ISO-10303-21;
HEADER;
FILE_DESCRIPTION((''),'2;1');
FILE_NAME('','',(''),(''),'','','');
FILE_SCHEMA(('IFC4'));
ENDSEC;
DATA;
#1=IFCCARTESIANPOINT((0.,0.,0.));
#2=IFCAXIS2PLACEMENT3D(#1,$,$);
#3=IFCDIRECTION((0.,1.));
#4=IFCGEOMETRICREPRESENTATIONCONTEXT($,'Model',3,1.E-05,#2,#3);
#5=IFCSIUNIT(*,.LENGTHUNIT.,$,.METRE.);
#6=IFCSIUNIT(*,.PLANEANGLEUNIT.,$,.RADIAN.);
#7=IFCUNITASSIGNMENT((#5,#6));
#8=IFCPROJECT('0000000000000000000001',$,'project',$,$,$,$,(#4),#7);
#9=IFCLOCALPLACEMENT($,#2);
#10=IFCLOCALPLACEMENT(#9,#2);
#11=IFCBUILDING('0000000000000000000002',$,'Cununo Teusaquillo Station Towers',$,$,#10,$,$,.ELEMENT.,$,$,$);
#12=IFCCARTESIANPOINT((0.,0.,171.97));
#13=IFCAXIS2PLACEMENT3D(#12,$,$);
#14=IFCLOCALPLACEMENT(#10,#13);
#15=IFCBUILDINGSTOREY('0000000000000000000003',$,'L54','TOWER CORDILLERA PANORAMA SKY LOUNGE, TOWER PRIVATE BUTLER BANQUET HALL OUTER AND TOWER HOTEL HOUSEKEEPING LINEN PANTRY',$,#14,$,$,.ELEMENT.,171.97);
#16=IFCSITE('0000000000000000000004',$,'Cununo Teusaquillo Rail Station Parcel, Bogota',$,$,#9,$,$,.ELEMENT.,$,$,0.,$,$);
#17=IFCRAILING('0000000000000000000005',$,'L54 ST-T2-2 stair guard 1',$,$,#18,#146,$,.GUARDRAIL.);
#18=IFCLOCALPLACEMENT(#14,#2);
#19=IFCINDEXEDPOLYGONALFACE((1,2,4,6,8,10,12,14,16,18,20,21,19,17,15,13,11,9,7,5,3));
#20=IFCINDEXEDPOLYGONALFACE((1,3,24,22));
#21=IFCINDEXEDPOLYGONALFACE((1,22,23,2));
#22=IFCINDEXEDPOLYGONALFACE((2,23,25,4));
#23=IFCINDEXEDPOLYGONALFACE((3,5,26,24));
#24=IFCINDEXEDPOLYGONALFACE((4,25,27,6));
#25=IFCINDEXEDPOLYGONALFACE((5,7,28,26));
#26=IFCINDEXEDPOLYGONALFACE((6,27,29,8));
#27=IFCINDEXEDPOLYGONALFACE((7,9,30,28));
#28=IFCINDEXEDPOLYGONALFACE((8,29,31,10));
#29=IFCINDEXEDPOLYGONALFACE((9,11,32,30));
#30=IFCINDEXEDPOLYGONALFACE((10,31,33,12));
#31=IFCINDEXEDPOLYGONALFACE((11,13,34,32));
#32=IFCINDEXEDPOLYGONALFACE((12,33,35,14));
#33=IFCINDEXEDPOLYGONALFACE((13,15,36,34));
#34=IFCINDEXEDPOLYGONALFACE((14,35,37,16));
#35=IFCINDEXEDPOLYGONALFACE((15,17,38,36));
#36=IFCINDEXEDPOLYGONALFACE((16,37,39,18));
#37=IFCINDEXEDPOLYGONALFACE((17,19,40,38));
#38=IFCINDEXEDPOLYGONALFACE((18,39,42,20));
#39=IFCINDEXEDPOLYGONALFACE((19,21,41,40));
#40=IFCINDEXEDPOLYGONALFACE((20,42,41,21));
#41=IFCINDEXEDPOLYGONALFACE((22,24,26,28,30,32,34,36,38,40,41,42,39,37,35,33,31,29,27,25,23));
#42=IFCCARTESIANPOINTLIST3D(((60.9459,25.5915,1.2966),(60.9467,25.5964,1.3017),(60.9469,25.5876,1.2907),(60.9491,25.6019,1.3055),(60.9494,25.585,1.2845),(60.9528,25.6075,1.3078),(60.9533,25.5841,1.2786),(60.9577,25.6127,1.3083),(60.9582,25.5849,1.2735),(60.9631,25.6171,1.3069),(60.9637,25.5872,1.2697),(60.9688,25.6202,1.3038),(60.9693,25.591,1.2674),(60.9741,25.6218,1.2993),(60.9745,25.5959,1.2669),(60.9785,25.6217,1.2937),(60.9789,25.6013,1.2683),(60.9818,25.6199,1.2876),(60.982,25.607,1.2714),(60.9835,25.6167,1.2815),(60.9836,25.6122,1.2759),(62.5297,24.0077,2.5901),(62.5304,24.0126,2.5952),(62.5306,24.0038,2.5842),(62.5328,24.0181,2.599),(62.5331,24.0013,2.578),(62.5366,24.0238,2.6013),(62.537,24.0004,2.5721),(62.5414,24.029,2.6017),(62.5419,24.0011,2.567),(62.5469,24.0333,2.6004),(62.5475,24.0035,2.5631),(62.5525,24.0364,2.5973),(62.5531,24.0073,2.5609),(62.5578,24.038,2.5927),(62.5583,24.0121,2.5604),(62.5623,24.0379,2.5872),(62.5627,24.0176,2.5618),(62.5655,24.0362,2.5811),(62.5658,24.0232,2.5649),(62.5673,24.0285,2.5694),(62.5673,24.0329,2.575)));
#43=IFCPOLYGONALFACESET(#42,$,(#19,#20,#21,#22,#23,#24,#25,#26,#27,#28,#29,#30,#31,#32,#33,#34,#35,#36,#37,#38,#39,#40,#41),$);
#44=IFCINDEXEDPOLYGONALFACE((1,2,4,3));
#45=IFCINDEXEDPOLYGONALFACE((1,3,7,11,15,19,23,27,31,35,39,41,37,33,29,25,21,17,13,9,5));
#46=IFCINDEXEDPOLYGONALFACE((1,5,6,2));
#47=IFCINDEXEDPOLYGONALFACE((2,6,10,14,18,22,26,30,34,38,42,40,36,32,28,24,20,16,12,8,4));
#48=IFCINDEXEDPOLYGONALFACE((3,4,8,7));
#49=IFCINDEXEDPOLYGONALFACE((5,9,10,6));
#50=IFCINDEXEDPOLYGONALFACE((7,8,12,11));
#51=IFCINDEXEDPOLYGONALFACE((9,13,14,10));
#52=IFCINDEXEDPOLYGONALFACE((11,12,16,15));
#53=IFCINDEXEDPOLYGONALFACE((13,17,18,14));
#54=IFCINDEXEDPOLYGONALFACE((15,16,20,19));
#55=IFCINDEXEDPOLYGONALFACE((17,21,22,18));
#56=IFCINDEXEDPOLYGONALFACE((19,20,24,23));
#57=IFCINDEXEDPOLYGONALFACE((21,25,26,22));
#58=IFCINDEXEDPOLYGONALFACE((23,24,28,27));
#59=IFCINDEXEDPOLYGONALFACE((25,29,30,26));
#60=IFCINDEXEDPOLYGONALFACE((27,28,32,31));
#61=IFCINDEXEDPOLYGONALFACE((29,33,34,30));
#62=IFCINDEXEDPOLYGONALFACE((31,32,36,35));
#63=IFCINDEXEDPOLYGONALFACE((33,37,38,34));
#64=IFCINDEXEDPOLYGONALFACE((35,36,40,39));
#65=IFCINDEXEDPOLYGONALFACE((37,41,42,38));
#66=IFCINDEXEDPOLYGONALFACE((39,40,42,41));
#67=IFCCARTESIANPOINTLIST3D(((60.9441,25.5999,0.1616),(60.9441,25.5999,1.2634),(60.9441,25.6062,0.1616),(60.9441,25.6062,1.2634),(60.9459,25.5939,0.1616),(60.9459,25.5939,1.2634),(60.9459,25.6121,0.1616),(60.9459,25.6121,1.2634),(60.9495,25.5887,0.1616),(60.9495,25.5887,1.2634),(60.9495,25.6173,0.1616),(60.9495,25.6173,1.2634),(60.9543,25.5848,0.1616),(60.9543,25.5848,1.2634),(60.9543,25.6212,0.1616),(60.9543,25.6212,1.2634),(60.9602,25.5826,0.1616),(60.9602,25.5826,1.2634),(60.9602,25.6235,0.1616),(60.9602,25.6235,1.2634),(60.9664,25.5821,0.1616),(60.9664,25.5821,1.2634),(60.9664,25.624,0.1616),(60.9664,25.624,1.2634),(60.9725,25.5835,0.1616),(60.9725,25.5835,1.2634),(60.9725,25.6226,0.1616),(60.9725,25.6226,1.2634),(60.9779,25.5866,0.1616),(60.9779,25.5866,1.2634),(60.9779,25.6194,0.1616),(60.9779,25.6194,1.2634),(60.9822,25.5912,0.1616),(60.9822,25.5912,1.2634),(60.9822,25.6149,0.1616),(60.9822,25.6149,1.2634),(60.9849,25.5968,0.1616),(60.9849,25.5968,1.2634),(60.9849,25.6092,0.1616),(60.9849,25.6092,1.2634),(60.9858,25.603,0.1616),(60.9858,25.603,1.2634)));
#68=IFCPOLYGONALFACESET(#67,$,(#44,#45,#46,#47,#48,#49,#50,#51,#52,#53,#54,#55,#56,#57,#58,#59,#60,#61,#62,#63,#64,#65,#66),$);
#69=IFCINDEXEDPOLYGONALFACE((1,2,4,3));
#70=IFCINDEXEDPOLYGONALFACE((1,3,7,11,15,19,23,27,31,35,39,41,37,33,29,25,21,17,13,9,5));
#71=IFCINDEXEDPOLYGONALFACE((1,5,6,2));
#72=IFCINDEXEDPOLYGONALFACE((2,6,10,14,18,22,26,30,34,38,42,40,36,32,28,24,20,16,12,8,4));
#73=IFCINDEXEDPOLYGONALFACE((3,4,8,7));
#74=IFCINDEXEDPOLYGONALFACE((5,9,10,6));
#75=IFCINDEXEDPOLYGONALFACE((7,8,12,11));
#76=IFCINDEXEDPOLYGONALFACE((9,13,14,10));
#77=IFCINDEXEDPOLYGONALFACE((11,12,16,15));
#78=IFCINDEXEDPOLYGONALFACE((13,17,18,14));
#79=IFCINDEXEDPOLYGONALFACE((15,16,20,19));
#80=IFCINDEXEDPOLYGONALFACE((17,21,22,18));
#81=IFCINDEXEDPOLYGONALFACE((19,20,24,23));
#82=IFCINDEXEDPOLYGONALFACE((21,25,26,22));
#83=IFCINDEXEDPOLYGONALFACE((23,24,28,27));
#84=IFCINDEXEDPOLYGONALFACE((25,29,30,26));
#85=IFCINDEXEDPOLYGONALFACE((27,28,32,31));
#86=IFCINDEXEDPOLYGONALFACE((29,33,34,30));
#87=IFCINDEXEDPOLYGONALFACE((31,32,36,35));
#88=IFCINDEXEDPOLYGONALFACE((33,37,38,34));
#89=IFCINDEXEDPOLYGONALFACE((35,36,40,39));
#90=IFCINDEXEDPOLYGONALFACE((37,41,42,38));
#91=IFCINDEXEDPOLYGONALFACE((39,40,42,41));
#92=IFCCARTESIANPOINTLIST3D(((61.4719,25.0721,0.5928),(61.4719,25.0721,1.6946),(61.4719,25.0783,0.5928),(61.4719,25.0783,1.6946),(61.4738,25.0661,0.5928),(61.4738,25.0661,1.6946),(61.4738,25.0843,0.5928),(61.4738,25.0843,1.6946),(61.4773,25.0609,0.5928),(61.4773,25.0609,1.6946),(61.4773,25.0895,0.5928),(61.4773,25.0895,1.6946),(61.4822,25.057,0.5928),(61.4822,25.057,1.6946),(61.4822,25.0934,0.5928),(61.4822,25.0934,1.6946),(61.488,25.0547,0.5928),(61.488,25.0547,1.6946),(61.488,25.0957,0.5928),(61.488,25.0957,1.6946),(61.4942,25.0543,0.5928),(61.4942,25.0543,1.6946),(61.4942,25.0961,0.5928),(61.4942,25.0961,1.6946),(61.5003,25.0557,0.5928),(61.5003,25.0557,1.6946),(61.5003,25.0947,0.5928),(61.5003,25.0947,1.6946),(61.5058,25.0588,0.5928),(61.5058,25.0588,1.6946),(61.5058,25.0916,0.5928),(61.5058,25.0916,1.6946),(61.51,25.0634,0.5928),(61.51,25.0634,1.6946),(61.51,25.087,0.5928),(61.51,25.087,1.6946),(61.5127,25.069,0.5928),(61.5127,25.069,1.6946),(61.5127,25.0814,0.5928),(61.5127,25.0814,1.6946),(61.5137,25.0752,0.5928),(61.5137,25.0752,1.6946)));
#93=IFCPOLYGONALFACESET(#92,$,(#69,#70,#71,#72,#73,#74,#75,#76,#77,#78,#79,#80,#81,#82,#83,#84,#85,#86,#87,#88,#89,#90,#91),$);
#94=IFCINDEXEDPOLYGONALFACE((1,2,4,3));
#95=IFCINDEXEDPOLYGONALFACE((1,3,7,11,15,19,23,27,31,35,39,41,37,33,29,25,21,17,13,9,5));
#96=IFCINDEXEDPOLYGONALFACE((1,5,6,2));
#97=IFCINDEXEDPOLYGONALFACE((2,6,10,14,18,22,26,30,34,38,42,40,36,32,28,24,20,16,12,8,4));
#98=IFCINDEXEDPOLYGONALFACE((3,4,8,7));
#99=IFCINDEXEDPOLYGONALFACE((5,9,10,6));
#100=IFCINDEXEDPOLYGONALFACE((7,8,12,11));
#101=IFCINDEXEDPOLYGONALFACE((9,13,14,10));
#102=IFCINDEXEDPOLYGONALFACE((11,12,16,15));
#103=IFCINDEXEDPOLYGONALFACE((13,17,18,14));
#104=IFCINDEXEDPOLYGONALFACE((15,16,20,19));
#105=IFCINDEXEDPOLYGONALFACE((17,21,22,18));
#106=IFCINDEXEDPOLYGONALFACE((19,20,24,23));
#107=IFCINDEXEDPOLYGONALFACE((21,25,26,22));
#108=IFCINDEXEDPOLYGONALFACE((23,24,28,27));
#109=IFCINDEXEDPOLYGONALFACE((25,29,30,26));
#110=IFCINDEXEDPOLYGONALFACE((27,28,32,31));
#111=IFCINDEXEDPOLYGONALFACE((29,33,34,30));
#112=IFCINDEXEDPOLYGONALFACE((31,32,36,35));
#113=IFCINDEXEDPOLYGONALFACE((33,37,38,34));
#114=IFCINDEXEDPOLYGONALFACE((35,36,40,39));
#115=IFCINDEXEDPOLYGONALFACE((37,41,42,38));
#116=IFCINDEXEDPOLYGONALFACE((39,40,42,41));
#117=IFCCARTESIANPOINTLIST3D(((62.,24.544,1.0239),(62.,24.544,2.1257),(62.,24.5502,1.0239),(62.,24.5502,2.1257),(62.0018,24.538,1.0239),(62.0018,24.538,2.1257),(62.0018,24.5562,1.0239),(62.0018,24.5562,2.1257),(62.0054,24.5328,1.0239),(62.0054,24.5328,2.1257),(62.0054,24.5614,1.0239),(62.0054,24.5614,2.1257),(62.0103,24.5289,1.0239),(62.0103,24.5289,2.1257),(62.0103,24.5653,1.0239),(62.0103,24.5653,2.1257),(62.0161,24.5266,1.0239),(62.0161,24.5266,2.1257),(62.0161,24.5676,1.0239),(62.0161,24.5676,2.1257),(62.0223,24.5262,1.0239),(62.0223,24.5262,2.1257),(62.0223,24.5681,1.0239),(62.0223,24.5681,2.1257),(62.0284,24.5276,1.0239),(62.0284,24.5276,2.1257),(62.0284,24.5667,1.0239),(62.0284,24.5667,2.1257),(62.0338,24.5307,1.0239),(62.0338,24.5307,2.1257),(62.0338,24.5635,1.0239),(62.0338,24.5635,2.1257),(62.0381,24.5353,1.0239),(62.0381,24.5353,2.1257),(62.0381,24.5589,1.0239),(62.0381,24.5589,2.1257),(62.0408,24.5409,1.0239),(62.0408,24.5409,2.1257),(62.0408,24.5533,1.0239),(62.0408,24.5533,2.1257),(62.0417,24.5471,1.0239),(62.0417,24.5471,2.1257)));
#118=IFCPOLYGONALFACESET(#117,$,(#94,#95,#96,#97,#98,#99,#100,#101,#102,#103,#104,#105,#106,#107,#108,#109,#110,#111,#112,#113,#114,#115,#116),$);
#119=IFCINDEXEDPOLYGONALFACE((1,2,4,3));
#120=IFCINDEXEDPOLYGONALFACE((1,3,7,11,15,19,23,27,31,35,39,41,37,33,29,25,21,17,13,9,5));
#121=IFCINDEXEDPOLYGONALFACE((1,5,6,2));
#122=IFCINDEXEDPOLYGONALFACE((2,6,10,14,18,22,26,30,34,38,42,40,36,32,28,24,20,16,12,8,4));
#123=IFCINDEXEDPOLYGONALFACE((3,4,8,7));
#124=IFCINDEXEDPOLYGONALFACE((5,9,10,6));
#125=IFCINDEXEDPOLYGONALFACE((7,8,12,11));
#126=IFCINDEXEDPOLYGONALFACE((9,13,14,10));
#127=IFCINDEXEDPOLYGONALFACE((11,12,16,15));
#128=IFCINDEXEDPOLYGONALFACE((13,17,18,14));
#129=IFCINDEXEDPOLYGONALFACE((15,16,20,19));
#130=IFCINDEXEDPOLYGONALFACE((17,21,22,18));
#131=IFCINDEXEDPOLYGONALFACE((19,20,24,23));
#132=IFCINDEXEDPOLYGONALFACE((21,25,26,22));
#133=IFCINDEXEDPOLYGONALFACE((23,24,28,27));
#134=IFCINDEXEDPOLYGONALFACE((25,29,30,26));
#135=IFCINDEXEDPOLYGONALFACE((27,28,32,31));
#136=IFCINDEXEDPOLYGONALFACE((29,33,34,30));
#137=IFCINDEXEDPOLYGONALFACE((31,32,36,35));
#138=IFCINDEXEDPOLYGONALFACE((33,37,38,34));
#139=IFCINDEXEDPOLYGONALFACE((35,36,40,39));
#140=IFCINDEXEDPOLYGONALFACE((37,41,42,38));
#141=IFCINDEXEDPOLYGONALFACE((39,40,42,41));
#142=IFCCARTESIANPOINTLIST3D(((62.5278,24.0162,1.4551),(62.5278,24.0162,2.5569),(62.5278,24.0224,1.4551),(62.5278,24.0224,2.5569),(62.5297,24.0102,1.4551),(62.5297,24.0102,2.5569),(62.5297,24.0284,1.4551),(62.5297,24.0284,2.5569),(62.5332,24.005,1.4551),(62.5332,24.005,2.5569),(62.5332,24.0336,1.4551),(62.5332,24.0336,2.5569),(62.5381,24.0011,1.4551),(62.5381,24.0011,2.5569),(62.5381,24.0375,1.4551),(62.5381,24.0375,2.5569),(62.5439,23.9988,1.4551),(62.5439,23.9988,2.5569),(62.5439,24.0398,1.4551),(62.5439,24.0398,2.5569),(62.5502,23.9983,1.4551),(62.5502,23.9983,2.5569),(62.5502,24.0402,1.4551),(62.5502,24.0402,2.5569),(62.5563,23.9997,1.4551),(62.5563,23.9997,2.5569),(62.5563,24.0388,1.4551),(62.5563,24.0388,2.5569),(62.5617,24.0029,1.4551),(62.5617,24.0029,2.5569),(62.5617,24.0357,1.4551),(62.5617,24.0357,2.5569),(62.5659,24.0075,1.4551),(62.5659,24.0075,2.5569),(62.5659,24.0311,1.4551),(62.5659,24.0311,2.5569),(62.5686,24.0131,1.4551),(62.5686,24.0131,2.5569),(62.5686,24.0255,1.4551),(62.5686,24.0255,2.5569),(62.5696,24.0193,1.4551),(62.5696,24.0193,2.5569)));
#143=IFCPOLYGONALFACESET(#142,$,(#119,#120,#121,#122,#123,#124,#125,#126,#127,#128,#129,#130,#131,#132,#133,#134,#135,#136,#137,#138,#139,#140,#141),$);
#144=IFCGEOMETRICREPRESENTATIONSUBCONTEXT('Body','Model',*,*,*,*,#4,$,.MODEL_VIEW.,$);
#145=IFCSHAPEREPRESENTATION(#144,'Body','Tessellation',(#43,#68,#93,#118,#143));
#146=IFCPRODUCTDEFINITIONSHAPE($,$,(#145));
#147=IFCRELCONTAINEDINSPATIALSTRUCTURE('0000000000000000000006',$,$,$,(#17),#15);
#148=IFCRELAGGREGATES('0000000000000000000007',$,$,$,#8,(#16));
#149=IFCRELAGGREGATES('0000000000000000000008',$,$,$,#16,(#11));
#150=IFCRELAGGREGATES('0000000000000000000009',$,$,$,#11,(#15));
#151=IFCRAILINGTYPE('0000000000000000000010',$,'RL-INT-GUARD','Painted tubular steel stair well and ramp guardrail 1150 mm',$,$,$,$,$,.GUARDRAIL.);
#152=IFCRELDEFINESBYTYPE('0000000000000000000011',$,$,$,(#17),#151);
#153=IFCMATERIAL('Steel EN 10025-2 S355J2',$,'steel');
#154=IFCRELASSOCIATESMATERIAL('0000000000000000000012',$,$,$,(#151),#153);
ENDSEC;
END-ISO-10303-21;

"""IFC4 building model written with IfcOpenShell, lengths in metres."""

from ifc_helpers import new_model, si_unit, direction, frame, origin, origin_2d, place, context, subcontext, project, spatial, circle, extrude, material, type_object, element, save


model = new_model("IFC4")

# Units and contexts
model_context = context("Model", 3, precision=1e-05, world=origin(), true_north=direction((0.0, 1.0)))
body_context = subcontext(model_context, "Body", "Model", "MODEL_VIEW")
ifc_project = project(units=[si_unit("LENGTHUNIT", "METRE"), si_unit("PLANEANGLEUNIT", "RADIAN")], contexts=[model_context])

# Site, building, storey
site_placement = place(None, origin())
site = spatial("IfcSite", under=ifc_project, at=site_placement, Name="Cununo Teusaquillo Rail Station Parcel, Bogota", CompositionType="ELEMENT", RefElevation=0.0)
building_placement = place(site_placement, origin())
building = spatial("IfcBuilding", under=site, at=building_placement, Name="Cununo Teusaquillo Station Towers", CompositionType="ELEMENT")
storey_placement = place(building_placement, frame((0.0, 0.0, 171.97)))
storey = spatial("IfcBuildingStorey", under=building, at=storey_placement, Name="L54", Description="TOWER CORDILLERA PANORAMA SKY LOUNGE, TOWER PRIVATE BUTLER BANQUET HALL OUTER AND TOWER HOTEL HOUSEKEEPING LINEN PANTRY", CompositionType="ELEMENT", Elevation=171.97)

# Railing
ifc_material_1 = material(Name="Steel EN 10025-2 S355J2", Category="steel")
railing_type_1 = type_object("IfcRailingType", Name="RL-INT-GUARD", Description="Painted tubular steel stair well and ramp guardrail 1150 mm", PredefinedType="GUARDRAIL", material=ifc_material_1)
railing_1_placement = place(storey_placement, frame((60.9648, 25.603, 0.1616)))
element("IfcRailing", 1, at=railing_1_placement, inside=storey, type_object=railing_type_1, Name="L54 ST-T2-2 stair guard 1", PredefinedType="GUARDRAIL", context=body_context, shape_type="SweptSolid", body=[
    extrude(circle(Radius=0.0239, at=origin_2d()), frame((0.0, 0.0, 1.126), z_axis=(0.612332, -0.612332, 0.500098), x_axis=(0.707107, 0.707107, 0.0)), (0.0, 0.0, 1.0), 2.5864),
    extrude(circle(Radius=0.021, at=origin_2d()), origin(), (0.0, 0.0, 1.0), 1.1018),
    extrude(circle(Radius=0.021, at=origin_2d()), frame((0.5278, -0.5278, 0.4312)), (0.0, 0.0, 1.0), 1.1018),
    extrude(circle(Radius=0.021, at=origin_2d()), frame((1.0559, -1.0559, 0.8623)), (0.0, 0.0, 1.0), 1.1018),
    extrude(circle(Radius=0.021, at=origin_2d()), frame((1.5837, -1.5837, 1.2935)), (0.0, 0.0, 1.0), 1.1018),
])

save(model, "model.ifc")
